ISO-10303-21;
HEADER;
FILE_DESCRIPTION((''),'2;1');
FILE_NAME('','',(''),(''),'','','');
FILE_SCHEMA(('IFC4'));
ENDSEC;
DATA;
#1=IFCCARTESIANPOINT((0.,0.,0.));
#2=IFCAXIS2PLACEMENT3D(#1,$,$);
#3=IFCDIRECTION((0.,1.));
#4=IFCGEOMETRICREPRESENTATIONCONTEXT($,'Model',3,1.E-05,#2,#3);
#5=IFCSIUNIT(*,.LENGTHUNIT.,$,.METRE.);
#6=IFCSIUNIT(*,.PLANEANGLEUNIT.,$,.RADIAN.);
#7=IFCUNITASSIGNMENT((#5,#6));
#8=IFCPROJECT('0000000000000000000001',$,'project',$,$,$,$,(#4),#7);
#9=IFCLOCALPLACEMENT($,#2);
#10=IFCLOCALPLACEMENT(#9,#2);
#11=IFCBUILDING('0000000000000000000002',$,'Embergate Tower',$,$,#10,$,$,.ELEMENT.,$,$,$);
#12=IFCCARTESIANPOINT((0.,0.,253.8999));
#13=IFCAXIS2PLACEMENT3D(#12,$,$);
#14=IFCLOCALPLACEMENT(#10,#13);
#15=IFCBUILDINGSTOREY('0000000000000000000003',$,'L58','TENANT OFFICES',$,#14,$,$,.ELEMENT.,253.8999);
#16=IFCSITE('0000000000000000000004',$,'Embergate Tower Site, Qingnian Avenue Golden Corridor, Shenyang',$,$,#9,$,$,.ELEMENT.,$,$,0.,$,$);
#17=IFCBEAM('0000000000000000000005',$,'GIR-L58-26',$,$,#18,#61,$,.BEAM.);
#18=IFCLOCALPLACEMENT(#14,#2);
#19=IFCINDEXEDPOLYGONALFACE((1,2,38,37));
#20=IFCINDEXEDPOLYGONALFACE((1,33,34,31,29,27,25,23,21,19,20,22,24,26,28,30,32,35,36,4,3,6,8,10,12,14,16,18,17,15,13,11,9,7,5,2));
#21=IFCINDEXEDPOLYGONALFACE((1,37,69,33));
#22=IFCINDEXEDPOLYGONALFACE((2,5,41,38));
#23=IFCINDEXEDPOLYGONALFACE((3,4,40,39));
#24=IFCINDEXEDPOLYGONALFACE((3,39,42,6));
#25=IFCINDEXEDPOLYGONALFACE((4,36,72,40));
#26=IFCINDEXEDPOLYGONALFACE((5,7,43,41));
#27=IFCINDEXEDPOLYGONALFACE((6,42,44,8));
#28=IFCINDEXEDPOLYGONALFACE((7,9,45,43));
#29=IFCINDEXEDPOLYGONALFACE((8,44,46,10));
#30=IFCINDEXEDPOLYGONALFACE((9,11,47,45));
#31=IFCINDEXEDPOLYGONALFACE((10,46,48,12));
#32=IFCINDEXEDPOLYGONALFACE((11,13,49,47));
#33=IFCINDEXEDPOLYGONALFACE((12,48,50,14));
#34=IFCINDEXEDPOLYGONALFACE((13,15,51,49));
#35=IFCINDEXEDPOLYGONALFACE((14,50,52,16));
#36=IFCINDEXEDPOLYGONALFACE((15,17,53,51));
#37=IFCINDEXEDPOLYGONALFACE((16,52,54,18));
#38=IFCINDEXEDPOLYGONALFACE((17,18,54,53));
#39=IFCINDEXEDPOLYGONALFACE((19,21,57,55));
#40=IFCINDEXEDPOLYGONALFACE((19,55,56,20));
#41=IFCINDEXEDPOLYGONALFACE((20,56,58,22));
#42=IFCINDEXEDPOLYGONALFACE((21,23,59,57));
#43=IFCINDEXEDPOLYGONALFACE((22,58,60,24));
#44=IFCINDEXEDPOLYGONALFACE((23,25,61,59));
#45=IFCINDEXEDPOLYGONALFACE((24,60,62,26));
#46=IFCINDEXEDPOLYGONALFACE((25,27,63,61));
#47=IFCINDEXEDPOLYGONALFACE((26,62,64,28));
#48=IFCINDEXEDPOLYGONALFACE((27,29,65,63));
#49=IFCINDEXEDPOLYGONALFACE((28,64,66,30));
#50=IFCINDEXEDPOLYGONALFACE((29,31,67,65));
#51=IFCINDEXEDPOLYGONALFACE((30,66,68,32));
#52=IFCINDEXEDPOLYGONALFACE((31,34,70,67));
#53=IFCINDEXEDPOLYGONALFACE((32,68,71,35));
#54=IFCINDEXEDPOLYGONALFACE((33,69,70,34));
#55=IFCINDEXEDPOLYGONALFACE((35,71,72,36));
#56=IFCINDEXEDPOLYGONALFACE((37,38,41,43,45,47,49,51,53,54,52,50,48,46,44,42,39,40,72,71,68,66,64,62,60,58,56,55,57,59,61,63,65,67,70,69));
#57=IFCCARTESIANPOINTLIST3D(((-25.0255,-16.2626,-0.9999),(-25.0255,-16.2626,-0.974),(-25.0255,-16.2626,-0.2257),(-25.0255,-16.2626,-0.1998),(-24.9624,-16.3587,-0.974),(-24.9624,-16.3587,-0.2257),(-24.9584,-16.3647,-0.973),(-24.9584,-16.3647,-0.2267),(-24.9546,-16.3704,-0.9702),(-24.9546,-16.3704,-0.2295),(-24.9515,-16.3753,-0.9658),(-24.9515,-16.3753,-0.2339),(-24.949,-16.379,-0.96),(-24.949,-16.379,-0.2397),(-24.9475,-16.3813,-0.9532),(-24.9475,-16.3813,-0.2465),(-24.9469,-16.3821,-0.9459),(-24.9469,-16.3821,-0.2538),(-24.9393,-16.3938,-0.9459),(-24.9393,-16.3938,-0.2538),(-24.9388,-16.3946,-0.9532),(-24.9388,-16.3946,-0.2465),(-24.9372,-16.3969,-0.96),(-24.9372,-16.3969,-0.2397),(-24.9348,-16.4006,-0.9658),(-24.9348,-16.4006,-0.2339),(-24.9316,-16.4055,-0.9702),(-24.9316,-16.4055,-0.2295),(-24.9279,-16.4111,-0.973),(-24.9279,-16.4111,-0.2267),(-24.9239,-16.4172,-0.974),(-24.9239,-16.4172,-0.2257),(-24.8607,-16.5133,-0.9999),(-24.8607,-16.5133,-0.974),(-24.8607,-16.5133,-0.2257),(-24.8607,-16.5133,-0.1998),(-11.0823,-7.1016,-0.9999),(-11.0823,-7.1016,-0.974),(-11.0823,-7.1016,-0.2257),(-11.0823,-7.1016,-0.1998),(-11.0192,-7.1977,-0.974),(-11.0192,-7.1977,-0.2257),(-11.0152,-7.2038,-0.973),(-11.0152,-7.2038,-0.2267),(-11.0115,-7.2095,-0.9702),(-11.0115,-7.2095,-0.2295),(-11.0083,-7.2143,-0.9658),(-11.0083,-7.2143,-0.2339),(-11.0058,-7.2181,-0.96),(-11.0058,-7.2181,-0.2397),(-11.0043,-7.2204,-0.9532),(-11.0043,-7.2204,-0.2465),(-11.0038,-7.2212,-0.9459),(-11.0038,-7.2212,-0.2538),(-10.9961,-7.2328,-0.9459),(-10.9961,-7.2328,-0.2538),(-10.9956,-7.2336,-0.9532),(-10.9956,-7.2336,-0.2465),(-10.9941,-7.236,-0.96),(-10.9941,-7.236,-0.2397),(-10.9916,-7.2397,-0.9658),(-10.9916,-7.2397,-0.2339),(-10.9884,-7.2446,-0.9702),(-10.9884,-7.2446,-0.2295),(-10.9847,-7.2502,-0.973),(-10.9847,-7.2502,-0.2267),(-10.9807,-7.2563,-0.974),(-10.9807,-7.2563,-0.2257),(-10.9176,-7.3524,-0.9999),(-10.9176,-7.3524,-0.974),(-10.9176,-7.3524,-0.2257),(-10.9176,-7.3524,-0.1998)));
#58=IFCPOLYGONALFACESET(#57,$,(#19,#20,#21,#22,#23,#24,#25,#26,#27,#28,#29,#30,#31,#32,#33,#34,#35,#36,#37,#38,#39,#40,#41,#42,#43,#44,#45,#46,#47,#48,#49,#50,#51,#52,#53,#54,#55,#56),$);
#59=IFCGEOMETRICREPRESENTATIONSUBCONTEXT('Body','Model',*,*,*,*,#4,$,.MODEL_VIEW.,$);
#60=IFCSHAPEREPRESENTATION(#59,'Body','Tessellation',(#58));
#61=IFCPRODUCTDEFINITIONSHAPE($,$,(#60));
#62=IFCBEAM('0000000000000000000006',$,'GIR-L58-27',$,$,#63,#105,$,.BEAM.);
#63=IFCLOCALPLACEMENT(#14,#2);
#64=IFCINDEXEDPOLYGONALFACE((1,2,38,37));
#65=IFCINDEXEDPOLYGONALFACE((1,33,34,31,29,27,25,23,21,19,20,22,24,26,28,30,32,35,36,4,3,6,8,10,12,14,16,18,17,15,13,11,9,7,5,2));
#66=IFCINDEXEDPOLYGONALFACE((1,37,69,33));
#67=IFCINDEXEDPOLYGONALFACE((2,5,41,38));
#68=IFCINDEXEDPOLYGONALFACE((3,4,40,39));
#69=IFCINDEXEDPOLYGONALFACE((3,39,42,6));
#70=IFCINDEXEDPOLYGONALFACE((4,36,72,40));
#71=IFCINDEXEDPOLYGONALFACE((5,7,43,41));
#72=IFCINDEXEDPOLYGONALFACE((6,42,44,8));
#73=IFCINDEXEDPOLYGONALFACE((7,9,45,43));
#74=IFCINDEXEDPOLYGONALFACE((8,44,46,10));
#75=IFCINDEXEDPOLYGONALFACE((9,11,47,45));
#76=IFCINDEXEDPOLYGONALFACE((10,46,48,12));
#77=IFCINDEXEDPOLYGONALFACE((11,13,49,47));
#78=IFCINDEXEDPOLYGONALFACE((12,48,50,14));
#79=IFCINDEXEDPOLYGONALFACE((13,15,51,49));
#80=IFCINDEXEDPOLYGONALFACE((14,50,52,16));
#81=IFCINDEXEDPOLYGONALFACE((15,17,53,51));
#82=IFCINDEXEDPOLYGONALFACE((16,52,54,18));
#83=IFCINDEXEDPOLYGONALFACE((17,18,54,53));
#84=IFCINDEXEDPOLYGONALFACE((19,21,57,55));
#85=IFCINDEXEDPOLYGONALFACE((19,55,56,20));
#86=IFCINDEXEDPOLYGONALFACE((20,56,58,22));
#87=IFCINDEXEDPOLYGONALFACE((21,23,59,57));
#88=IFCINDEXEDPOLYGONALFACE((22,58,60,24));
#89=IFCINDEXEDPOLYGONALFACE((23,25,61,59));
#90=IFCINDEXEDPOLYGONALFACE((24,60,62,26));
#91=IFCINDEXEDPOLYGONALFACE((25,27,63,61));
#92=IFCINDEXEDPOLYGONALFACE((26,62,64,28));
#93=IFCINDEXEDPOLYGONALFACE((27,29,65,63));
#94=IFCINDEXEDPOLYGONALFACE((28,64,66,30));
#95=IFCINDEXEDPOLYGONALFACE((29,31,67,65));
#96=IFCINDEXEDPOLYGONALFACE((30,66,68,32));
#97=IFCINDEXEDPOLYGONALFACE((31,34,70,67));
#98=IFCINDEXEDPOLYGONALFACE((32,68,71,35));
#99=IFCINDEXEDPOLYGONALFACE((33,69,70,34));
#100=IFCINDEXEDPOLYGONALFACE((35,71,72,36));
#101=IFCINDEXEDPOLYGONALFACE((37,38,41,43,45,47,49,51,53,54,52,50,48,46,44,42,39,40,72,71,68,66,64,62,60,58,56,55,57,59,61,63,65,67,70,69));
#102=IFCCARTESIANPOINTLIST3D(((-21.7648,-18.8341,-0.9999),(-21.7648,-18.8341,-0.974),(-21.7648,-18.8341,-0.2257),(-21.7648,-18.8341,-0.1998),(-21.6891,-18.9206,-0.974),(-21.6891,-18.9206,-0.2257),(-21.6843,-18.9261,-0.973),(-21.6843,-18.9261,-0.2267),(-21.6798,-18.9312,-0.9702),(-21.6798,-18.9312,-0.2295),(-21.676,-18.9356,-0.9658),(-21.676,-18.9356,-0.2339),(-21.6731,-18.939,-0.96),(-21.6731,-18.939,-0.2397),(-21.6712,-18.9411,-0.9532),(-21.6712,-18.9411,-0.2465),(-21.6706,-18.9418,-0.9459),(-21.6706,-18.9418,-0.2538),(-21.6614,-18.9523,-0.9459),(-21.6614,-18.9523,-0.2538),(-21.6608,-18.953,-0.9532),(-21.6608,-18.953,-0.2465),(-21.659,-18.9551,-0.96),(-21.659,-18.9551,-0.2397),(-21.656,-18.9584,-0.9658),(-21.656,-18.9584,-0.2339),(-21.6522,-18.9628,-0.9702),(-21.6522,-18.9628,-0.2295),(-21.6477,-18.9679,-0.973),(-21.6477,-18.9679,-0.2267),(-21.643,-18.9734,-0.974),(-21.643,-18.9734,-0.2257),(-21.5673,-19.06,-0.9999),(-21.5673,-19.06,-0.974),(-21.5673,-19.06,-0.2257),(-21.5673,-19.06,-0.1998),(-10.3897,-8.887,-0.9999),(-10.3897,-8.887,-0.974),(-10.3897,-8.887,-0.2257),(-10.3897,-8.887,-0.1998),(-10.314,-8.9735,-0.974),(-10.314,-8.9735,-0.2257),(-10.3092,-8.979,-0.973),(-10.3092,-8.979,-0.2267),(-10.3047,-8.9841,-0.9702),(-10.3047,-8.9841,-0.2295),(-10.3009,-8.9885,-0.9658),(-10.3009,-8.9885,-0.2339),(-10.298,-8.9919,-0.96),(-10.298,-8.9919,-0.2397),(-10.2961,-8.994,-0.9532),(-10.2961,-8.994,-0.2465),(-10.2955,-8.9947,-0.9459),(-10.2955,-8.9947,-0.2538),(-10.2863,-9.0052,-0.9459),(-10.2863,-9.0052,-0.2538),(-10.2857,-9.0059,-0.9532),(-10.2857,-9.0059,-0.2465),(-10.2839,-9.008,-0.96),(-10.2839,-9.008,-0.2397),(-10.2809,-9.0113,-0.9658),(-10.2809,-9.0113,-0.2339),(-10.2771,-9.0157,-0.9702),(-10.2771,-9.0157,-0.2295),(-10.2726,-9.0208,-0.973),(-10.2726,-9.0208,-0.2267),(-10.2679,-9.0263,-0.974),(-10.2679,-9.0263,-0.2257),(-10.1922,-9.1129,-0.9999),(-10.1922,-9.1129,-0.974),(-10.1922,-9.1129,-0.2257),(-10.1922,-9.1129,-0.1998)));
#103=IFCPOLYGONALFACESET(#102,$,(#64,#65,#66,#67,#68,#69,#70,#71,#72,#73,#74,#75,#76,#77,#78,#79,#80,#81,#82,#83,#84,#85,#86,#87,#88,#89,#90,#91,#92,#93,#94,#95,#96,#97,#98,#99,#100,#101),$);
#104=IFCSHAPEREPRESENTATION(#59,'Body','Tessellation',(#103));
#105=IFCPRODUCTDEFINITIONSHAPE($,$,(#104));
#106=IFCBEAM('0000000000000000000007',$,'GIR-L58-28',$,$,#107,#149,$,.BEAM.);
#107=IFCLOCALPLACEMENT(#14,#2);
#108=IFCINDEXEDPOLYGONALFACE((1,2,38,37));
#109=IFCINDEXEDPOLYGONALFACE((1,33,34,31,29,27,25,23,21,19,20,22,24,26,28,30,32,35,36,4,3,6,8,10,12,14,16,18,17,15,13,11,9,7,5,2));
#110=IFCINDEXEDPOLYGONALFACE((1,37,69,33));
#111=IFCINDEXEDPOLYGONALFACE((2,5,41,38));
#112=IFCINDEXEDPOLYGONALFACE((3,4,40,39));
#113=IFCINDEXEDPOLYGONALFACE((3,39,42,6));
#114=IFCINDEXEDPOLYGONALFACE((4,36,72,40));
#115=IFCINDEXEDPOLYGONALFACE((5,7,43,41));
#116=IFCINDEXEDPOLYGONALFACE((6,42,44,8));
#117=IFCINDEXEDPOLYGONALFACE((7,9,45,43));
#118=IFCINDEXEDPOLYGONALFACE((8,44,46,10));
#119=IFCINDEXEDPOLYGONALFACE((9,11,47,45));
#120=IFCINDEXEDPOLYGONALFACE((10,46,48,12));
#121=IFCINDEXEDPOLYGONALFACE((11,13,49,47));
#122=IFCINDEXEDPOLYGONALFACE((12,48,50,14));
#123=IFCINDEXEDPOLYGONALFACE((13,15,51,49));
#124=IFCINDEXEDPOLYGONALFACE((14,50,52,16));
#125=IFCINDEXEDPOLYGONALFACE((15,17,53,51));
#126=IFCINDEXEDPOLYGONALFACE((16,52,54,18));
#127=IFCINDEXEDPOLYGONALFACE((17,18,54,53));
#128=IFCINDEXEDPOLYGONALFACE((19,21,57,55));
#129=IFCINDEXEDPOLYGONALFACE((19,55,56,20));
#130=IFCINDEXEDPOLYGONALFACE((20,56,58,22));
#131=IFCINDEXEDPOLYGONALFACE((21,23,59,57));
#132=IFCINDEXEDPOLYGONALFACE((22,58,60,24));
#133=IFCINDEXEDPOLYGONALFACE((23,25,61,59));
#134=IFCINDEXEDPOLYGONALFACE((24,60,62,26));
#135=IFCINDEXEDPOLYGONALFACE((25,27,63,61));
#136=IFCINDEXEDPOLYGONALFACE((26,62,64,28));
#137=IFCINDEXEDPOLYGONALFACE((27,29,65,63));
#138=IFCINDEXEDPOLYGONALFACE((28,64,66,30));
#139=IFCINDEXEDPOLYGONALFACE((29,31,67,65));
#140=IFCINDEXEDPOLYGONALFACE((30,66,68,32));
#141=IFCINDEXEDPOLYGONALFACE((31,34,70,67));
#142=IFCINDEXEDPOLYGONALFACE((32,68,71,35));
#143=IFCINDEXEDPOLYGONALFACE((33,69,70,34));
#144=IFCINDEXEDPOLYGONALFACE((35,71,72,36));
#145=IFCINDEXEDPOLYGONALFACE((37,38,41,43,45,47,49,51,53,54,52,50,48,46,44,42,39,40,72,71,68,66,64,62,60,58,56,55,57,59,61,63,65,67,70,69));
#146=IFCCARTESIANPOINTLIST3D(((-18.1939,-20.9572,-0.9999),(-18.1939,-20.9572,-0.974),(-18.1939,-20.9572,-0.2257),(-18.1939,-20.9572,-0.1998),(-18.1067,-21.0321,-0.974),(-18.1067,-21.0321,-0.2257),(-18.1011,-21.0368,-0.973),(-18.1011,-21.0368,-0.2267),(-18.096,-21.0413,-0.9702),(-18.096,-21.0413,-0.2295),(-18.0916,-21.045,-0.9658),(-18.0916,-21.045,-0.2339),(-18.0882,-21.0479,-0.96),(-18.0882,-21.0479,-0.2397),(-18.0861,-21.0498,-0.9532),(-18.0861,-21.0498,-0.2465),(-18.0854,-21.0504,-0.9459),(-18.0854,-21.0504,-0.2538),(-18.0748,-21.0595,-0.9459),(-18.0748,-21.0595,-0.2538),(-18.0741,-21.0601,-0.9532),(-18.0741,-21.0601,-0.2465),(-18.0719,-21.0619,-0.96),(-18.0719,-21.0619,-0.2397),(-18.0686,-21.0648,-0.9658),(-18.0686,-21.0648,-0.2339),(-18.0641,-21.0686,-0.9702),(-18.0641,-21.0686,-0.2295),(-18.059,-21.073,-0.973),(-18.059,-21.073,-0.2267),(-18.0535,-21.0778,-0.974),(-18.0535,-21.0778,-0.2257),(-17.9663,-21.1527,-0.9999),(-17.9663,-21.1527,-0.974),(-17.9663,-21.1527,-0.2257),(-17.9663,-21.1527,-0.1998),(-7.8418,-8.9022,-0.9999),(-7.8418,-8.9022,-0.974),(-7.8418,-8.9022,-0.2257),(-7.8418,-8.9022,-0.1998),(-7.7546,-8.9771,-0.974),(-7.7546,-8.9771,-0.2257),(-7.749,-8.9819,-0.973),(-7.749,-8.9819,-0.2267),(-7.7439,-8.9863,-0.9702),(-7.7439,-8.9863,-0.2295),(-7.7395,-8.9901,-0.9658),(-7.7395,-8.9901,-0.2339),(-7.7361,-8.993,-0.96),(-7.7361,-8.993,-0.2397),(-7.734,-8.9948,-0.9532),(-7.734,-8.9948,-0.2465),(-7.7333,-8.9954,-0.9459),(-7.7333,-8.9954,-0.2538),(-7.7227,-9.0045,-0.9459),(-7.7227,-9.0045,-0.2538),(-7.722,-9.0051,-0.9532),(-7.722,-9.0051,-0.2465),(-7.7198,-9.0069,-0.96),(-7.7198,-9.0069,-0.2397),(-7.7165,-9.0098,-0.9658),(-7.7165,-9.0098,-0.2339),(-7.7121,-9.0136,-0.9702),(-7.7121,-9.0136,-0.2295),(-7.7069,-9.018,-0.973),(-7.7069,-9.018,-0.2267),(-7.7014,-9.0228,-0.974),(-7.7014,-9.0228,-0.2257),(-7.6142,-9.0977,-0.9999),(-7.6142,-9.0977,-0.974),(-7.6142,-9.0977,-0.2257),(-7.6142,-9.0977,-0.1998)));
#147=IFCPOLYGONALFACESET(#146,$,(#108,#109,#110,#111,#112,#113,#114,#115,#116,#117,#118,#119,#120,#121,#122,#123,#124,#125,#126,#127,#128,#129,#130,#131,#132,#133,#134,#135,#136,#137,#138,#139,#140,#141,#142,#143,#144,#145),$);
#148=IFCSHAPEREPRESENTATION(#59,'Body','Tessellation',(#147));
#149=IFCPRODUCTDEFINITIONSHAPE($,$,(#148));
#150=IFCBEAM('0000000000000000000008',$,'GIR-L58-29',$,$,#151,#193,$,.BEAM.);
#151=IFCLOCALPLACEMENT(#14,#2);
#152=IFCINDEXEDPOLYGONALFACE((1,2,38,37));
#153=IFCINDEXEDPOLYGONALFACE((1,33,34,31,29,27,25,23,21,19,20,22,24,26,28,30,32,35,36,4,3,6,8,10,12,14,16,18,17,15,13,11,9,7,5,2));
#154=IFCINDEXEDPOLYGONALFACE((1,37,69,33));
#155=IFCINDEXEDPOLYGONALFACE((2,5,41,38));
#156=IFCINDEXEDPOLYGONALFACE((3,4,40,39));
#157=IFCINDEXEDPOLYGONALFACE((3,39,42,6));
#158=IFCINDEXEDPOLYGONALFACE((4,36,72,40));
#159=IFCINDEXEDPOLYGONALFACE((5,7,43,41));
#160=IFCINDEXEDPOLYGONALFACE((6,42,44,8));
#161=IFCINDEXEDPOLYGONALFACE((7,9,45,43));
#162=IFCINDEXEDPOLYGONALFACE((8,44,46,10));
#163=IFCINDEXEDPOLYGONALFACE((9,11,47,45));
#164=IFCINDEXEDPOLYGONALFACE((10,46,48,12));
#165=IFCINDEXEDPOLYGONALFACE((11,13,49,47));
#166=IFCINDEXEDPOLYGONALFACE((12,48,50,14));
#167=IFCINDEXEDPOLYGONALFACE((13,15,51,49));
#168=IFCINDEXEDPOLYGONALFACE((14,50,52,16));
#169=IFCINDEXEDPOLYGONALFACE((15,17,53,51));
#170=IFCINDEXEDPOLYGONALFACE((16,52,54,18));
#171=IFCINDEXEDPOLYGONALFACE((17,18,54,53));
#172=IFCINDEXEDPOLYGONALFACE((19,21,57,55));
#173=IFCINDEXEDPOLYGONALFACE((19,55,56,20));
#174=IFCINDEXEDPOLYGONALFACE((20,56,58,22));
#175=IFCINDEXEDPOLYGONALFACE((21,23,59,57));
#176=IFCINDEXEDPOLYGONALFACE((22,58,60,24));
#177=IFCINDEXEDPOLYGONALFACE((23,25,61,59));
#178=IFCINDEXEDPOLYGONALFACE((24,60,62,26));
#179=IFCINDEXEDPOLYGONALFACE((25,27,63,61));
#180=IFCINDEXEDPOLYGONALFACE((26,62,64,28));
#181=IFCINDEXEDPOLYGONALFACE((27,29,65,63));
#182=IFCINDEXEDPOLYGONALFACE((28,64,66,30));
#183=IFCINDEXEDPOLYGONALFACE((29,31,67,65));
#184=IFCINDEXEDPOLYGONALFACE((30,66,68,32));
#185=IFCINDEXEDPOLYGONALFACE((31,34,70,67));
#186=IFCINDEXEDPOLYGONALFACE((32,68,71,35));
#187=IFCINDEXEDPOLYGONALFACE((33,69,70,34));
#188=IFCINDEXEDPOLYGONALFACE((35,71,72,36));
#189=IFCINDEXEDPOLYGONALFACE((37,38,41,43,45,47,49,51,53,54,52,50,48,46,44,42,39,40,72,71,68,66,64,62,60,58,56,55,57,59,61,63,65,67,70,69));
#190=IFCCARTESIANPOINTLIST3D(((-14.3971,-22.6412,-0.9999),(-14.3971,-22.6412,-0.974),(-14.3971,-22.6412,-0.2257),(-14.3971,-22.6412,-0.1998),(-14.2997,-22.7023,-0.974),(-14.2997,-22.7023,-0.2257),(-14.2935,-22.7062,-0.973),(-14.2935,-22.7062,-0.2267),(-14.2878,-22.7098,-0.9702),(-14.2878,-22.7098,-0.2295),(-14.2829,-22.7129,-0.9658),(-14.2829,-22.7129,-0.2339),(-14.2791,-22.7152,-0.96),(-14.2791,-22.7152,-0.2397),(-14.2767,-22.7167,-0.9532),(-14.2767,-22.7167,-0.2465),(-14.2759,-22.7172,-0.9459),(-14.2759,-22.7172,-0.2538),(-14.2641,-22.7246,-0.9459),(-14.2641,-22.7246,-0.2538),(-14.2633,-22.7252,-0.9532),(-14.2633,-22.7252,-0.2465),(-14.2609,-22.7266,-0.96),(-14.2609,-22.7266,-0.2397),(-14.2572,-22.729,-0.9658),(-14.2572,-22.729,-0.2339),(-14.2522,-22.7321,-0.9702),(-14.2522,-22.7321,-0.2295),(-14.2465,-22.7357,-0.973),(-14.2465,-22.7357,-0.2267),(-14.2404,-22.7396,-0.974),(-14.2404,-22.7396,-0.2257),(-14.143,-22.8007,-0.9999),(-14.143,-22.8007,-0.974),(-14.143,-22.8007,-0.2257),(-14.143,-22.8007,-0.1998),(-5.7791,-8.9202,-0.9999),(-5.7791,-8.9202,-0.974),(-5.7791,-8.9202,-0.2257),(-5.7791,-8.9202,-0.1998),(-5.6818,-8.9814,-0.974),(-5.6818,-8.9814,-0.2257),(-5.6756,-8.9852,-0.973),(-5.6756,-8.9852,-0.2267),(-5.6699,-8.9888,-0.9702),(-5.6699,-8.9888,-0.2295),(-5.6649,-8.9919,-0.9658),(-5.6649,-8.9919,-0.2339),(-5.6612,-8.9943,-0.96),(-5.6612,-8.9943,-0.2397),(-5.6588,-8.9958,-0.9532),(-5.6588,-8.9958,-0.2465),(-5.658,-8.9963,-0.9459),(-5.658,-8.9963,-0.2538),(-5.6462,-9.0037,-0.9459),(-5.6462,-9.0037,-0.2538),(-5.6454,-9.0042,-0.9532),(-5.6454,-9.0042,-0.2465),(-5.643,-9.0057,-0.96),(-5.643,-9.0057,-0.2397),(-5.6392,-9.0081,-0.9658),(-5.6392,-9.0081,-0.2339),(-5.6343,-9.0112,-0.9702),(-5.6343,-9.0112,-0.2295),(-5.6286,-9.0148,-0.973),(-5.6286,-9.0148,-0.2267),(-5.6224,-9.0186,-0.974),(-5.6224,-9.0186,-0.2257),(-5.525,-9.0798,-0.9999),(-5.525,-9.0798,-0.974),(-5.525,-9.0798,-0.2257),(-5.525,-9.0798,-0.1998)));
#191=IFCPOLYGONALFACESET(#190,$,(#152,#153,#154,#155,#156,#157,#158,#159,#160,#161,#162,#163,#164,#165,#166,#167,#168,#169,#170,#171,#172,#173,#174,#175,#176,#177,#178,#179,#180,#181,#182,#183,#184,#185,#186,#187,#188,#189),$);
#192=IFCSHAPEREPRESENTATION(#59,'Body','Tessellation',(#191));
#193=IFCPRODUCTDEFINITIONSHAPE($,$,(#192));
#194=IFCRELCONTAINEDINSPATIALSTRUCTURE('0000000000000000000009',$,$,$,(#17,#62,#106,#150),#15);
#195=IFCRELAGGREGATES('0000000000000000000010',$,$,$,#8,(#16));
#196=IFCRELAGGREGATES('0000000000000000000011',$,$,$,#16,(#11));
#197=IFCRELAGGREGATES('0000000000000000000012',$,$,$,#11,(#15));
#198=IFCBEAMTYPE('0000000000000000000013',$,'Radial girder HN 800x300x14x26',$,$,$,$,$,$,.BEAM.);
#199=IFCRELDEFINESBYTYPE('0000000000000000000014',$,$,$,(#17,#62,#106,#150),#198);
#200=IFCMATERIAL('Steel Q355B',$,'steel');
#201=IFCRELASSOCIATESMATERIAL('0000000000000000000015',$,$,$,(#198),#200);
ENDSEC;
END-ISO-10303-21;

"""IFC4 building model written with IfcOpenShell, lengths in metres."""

from ifc_helpers import new_model, si_unit, direction, frame, origin, origin_2d, place, context, subcontext, project, spatial, i_section, extrude, source, transform, mapped, material, material_profile, profile_set, type_object, element, save


model = new_model("IFC4")

# Units and contexts
model_context = context("Model", 3, precision=1e-05, world=origin(), true_north=direction((0.0, 1.0)))
body_context = subcontext(model_context, "Body", "Model", "MODEL_VIEW")
ifc_project = project(units=[si_unit("LENGTHUNIT", "METRE"), si_unit("PLANEANGLEUNIT", "RADIAN")], contexts=[model_context])

# Site, building, storey
site_placement = place(None, origin())
site = spatial("IfcSite", under=ifc_project, at=site_placement, Name="Embergate Tower Site, Qingnian Avenue Golden Corridor, Shenyang", CompositionType="ELEMENT", RefElevation=0.0)
building_placement = place(site_placement, origin())
building = spatial("IfcBuilding", under=site, at=building_placement, Name="Embergate Tower", CompositionType="ELEMENT")
storey_placement = place(building_placement, frame((0.0, 0.0, 253.8999)))
storey = spatial("IfcBuildingStorey", under=building, at=storey_placement, Name="L58", Description="TENANT OFFICES", CompositionType="ELEMENT", Elevation=253.8999)

# Beams
ifc_material_1 = material(Name="Steel Q355B", Category="steel")
ifc_material_profile_1 = material_profile(ifc_material_1, i_section(OverallWidth=0.3, OverallDepth=0.8, WebThickness=0.0139, FlangeThickness=0.0259, FilletRadius=0.0281, at=origin_2d()), Name="HN 800x300x14x26")
ifc_profile_set_1 = profile_set([ifc_material_profile_1], Name="Steel Q355 grade B")
beam_type_1 = type_object("IfcBeamType", Name="Radial girder HN 800x300x14x26", PredefinedType="BEAM", material=ifc_profile_set_1)
shared_shape_1 = source(origin(), body_context, "Body", "SweptSolid", [
    extrude(i_section(OverallWidth=0.3, OverallDepth=0.8, WebThickness=0.0139, FlangeThickness=0.0259, FilletRadius=0.0281, at=origin_2d()), origin(), (0.0, 0.0, 1.0), 16.6833),
])
beam_1_placement = place(storey_placement, frame((-24.9431, -16.3879, -0.5999), z_axis=(0.835753, 0.549105, 0.0), x_axis=(-0.549105, 0.835753, 0.0)))
element("IfcBeam", 1, at=beam_1_placement, inside=storey, type_object=beam_type_1, Name="GIR-L58-26", PredefinedType="BEAM", context=body_context, shape_type="MappedRepresentation", body=[
    mapped(shared_shape_1, transform((0.0, 0.0, 0.0))),
])
shared_shape_2 = source(origin(), body_context, "Body", "SweptSolid", [
    extrude(i_section(OverallWidth=0.3, OverallDepth=0.8, WebThickness=0.0139, FlangeThickness=0.0259, FilletRadius=0.0281, at=origin_2d()), origin(), (0.0, 0.0, 1.0), 15.1108),
])
beam_2_placement = place(storey_placement, frame((-21.666, -18.947, -0.5999), z_axis=(0.752777, 0.658276, 0.0), x_axis=(-0.658276, 0.752777, 0.0)))
element("IfcBeam", 2, at=beam_2_placement, inside=storey, type_object=beam_type_1, Name="GIR-L58-27", PredefinedType="BEAM", context=body_context, shape_type="MappedRepresentation", body=[
    mapped(shared_shape_2, transform((0.0, 0.0, 0.0))),
])
shared_shape_3 = source(origin(), body_context, "Body", "SweptSolid", [
    extrude(i_section(OverallWidth=0.3, OverallDepth=0.8, WebThickness=0.0139, FlangeThickness=0.0259, FilletRadius=0.0281, at=origin_2d()), origin(), (0.0, 0.0, 1.0), 15.8899),
])
beam_3_placement = place(storey_placement, frame((-18.0801, -21.0549, -0.5999), z_axis=(0.65149, 0.758658, 0.0), x_axis=(-0.758658, 0.65149, 0.0)))
element("IfcBeam", 3, at=beam_3_placement, inside=storey, type_object=beam_type_1, Name="GIR-L58-28", PredefinedType="BEAM", context=body_context, shape_type="MappedRepresentation", body=[
    mapped(shared_shape_3, transform((0.0, 0.0, 0.0))),
])
shared_shape_4 = source(origin(), body_context, "Body", "SweptSolid", [
    extrude(i_section(OverallWidth=0.3, OverallDepth=0.8, WebThickness=0.0139, FlangeThickness=0.0259, FilletRadius=0.0281, at=origin_2d()), origin(), (0.0, 0.0, 1.0), 16.2029),
])
beam_4_placement = place(storey_placement, frame((-14.27, -22.7209, -0.5999), z_axis=(0.531876, 0.846822, 0.0), x_axis=(-0.846822, 0.531876, 0.0)))
element("IfcBeam", 4, at=beam_4_placement, inside=storey, type_object=beam_type_1, Name="GIR-L58-29", PredefinedType="BEAM", context=body_context, shape_type="MappedRepresentation", body=[
    mapped(shared_shape_4, transform((0.0, 0.0, 0.0))),
])

save(model, "model.ifc")
